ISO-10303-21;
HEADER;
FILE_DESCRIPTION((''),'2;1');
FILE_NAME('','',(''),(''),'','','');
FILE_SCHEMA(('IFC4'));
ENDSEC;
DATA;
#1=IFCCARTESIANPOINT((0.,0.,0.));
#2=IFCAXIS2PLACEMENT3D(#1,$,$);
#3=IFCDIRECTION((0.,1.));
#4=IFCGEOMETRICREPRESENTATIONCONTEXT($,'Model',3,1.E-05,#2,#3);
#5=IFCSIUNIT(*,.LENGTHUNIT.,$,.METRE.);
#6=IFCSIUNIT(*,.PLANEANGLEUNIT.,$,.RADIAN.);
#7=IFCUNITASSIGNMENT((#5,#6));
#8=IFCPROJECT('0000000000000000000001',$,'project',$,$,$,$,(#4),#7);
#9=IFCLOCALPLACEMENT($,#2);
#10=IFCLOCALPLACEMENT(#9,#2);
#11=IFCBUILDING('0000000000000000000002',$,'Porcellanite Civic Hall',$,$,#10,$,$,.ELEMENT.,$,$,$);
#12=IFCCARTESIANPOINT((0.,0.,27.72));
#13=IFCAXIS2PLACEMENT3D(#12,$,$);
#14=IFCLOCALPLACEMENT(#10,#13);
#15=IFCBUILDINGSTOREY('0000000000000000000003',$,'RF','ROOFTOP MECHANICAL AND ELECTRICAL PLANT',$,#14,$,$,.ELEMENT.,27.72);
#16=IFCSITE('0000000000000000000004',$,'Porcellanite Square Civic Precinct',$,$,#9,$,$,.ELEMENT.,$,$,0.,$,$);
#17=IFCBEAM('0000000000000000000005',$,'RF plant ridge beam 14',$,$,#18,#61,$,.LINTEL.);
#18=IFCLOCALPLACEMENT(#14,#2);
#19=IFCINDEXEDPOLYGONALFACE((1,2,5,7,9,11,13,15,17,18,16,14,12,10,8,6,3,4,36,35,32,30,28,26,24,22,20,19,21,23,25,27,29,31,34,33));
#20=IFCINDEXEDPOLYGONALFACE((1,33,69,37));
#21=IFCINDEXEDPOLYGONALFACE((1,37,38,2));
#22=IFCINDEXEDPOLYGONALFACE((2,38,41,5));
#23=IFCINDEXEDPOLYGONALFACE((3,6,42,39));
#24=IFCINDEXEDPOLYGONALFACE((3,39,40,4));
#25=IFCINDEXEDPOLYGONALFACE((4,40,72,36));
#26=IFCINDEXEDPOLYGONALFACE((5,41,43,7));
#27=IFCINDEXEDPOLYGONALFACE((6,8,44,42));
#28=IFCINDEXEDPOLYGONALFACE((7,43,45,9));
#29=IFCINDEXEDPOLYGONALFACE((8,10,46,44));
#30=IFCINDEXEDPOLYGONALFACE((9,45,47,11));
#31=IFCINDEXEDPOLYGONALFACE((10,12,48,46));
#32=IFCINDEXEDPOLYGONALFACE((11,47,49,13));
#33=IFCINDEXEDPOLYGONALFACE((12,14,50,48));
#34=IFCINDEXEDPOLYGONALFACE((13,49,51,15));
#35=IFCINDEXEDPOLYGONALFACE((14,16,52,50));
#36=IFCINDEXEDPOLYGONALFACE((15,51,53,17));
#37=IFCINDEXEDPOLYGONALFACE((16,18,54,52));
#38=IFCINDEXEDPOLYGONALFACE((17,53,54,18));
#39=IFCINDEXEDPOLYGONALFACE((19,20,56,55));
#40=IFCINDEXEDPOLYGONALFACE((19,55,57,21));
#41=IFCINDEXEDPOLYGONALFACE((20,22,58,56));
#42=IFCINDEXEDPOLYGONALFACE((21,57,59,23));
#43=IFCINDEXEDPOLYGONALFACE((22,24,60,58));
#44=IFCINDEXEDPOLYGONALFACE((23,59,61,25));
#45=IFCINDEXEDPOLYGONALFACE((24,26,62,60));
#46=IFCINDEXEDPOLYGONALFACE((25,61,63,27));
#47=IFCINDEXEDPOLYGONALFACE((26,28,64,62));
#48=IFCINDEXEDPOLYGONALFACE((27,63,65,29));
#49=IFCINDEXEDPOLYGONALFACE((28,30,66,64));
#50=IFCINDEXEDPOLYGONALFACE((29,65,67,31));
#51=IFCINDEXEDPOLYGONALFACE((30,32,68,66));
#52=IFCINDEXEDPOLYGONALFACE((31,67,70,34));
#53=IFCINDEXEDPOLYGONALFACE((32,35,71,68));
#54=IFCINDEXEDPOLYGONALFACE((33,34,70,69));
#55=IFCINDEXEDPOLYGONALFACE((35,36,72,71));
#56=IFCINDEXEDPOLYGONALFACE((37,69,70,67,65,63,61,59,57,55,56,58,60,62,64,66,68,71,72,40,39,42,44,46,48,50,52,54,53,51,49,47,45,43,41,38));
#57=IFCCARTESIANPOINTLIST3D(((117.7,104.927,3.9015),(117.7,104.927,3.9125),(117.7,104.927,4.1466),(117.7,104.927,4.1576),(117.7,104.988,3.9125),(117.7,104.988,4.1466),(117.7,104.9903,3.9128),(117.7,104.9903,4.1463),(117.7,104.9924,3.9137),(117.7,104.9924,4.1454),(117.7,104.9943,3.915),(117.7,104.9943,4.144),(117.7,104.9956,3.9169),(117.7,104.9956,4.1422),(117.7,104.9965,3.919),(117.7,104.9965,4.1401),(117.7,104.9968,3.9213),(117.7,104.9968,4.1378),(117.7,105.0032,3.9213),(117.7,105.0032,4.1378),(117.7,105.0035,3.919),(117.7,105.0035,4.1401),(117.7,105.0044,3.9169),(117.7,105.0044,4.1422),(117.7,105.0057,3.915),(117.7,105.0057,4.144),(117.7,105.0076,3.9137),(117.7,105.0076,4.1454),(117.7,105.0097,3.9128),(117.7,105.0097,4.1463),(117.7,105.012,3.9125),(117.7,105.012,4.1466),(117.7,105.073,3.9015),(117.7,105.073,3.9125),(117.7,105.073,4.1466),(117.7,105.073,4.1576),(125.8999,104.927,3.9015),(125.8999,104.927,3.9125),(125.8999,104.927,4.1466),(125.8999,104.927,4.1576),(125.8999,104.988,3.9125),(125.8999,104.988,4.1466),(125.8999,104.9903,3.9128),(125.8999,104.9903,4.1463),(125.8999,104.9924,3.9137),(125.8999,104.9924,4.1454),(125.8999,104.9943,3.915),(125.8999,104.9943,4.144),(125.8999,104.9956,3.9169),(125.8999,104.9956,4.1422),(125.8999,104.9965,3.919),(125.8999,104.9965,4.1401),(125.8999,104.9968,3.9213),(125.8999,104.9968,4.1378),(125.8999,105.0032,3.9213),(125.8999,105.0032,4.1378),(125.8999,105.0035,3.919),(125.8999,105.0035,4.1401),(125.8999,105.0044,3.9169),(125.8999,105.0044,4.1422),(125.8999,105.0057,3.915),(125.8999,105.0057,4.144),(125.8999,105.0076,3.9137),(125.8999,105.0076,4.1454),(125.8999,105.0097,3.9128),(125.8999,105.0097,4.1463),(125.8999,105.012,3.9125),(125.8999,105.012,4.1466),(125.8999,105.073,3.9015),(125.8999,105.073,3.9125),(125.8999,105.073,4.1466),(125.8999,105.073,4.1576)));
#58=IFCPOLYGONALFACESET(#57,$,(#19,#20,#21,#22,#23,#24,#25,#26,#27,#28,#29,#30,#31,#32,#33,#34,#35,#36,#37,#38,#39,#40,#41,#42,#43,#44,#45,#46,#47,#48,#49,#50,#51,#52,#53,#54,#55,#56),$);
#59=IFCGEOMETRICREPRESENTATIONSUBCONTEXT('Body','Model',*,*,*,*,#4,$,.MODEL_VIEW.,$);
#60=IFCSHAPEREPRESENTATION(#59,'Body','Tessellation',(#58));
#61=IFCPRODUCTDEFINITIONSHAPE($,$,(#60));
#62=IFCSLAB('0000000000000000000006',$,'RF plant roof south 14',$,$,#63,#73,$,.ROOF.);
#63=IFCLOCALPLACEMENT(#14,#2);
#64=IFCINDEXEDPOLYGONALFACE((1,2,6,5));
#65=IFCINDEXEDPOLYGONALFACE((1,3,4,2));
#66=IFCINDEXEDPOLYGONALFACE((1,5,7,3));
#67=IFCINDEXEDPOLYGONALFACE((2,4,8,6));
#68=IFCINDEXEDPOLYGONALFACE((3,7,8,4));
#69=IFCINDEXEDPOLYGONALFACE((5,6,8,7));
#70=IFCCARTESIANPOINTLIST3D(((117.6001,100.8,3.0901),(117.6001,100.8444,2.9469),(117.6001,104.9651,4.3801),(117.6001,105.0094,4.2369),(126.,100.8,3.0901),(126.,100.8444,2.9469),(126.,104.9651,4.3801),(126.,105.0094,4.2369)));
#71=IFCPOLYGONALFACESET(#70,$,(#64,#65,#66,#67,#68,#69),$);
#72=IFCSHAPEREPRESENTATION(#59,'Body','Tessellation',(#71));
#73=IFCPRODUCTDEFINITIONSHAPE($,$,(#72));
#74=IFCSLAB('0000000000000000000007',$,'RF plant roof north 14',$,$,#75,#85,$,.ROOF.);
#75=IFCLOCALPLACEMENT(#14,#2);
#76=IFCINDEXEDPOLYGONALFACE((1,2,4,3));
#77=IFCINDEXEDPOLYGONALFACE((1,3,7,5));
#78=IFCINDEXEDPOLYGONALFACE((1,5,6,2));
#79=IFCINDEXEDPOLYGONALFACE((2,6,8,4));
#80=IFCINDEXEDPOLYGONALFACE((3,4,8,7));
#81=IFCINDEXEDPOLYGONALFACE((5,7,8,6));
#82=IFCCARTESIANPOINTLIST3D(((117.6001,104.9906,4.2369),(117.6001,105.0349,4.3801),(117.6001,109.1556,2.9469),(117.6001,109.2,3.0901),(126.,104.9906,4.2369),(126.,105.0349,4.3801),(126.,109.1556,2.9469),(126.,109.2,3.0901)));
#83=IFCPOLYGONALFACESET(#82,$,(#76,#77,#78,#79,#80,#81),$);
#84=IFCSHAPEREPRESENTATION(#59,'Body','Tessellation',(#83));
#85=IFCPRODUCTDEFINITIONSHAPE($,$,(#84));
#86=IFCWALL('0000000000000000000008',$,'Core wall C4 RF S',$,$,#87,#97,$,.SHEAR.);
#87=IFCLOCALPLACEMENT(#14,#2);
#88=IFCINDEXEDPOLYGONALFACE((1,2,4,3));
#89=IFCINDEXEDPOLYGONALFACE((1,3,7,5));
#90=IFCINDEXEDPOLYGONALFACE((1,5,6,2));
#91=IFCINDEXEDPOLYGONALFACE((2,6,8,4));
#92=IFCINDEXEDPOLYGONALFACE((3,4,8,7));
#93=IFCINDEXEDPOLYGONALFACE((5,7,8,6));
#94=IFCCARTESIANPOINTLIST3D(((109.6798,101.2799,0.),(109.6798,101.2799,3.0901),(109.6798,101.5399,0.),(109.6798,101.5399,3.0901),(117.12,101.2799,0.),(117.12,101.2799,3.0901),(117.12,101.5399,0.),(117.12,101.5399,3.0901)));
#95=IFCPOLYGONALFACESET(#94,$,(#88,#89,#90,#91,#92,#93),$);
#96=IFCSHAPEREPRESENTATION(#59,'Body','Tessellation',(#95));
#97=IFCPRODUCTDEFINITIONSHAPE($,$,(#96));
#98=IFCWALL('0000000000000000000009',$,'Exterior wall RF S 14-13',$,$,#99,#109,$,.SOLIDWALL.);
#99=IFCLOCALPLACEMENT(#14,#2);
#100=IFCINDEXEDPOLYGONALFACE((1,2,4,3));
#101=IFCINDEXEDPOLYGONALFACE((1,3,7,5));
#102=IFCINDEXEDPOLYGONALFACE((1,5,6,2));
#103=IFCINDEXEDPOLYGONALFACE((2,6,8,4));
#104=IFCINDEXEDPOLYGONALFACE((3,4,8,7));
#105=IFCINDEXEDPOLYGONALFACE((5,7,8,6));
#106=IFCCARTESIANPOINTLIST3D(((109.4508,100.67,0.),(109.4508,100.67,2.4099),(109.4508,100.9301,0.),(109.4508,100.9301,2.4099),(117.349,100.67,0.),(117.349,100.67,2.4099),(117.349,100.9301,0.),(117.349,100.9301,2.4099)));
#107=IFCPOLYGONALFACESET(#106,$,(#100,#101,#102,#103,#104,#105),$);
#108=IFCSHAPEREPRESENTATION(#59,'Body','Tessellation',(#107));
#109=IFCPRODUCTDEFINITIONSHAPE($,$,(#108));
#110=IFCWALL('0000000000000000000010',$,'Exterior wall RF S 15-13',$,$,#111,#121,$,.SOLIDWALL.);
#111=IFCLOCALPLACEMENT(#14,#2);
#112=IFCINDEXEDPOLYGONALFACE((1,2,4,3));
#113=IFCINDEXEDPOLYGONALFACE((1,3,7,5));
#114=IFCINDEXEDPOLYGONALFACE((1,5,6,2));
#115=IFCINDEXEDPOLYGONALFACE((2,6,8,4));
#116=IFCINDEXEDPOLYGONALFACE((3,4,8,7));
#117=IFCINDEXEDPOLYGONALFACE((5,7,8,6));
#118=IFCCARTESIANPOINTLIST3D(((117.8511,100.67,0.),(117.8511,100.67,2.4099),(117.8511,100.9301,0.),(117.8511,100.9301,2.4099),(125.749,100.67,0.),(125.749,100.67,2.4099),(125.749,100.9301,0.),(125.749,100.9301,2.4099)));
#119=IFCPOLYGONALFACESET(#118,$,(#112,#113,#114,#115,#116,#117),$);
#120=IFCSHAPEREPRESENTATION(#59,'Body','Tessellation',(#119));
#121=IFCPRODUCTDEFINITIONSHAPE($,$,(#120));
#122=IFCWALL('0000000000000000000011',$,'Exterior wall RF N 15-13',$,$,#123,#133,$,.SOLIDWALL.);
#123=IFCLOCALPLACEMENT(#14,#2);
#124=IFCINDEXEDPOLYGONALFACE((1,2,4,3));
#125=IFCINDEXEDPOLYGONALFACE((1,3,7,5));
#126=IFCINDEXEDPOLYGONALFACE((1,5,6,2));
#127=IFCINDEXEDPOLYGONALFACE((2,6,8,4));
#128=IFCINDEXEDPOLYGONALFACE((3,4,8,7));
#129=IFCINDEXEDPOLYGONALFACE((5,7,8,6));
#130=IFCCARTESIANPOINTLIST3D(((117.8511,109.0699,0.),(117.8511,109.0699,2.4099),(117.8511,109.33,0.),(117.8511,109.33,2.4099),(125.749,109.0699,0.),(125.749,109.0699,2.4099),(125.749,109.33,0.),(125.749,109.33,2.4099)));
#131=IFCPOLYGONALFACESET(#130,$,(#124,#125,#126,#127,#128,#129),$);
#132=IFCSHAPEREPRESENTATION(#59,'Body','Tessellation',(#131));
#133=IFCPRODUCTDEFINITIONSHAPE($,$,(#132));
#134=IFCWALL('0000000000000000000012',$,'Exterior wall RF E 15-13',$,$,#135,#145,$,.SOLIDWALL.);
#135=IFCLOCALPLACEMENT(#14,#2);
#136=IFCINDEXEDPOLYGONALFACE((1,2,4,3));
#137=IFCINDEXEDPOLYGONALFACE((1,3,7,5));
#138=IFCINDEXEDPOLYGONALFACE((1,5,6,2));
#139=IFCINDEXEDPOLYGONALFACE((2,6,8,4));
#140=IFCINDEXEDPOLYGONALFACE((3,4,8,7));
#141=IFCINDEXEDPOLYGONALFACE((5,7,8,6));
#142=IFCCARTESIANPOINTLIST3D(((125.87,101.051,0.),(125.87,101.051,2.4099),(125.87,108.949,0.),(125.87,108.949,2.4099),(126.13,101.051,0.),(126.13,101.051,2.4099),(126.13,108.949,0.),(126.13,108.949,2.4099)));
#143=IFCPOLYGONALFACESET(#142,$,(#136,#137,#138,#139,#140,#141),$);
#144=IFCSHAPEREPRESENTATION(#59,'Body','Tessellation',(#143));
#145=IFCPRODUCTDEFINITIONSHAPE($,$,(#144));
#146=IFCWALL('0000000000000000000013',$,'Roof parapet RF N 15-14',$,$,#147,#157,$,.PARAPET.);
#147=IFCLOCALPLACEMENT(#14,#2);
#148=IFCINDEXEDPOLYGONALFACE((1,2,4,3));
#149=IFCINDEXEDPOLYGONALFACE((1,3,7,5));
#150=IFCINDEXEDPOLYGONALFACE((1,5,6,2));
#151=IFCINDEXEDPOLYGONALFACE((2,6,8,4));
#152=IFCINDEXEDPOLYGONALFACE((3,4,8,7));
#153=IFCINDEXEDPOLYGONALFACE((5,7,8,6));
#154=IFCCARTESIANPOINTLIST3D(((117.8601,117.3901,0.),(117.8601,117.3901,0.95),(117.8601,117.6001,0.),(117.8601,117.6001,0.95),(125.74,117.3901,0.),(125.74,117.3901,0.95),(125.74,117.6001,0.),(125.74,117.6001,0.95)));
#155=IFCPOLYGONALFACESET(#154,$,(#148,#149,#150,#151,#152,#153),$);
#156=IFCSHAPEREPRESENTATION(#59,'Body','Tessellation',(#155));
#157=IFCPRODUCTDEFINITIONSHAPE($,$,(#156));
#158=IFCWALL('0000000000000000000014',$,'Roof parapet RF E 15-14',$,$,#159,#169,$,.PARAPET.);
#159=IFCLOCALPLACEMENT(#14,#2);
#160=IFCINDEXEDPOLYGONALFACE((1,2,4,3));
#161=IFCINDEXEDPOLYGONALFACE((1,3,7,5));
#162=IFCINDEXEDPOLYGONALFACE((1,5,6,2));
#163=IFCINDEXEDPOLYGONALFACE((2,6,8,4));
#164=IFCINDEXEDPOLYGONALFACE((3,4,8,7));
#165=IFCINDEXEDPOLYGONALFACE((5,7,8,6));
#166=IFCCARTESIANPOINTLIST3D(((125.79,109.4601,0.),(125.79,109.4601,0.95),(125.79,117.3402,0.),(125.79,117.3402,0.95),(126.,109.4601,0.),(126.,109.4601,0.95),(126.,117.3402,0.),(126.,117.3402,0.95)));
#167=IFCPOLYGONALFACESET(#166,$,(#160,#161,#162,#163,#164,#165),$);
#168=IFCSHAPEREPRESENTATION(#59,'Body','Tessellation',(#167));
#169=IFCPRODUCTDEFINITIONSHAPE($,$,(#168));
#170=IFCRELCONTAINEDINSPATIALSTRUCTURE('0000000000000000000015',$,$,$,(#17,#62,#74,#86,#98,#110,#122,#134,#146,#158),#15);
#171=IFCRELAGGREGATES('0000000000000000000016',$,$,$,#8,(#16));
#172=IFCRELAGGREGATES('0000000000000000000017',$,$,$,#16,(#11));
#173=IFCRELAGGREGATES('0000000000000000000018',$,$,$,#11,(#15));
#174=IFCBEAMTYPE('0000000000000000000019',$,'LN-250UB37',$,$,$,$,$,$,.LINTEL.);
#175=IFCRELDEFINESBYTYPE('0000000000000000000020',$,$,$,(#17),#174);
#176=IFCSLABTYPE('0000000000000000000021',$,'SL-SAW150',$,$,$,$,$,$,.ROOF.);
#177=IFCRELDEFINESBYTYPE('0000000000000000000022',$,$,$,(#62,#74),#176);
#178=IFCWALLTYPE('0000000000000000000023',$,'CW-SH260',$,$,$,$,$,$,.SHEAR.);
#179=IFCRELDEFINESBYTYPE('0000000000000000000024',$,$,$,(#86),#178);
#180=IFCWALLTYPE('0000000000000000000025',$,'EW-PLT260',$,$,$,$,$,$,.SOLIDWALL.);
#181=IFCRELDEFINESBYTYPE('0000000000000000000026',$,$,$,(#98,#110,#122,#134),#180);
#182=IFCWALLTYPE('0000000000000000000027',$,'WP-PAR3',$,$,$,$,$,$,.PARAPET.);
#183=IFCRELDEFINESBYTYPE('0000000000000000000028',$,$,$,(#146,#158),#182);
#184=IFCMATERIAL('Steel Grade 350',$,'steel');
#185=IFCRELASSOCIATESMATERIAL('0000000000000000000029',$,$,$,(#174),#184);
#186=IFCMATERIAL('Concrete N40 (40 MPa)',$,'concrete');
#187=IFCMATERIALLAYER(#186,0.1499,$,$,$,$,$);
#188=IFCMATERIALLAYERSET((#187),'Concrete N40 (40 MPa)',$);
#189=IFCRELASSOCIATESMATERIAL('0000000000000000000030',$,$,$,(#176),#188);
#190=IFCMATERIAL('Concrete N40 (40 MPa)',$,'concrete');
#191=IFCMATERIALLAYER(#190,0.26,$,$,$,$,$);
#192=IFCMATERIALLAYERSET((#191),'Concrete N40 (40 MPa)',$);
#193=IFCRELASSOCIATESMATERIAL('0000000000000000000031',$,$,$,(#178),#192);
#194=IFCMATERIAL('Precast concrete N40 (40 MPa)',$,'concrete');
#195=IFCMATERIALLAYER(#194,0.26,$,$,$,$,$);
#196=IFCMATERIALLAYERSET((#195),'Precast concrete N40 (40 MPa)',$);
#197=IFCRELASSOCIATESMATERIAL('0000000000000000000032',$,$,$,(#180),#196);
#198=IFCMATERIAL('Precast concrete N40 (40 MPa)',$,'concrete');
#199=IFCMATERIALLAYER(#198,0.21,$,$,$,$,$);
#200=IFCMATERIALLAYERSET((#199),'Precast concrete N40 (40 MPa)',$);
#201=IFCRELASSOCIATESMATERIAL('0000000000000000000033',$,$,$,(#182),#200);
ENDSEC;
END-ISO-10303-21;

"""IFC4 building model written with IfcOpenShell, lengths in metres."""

from ifc_helpers import new_model, si_unit, direction, frame, frame_2d, origin, origin_2d, place, context, subcontext, project, spatial, polyline, rectangle, i_section, outline, extrude, material, layer, layer_set, material_profile, profile_set, type_object, element, save


model = new_model("IFC4")

# Units and contexts
model_context = context("Model", 3, precision=1e-05, world=origin(), true_north=direction((0.0, 1.0)))
body_context = subcontext(model_context, "Body", "Model", "MODEL_VIEW")
ifc_project = project(units=[si_unit("LENGTHUNIT", "METRE"), si_unit("PLANEANGLEUNIT", "RADIAN")], contexts=[model_context])

# Site, building, storey
site_placement = place(None, origin())
site = spatial("IfcSite", under=ifc_project, at=site_placement, Name="Porcellanite Square Civic Precinct", CompositionType="ELEMENT", RefElevation=0.0)
building_placement = place(site_placement, origin())
building = spatial("IfcBuilding", under=site, at=building_placement, Name="Porcellanite Civic Hall", CompositionType="ELEMENT")
storey_placement = place(building_placement, frame((0.0, 0.0, 27.72)))
storey = spatial("IfcBuildingStorey", under=building, at=storey_placement, Name="RF", Description="ROOFTOP MECHANICAL AND ELECTRICAL PLANT", CompositionType="ELEMENT", Elevation=27.72)

# Beam
ifc_material_1 = material(Name="Steel Grade 350", Category="steel")
ifc_material_profile_1 = material_profile(ifc_material_1, i_section(OverallWidth=0.146, OverallDepth=0.2561, WebThickness=0.0063, FlangeThickness=0.011, FilletRadius=0.0088, at=origin_2d()), Name="250UB37.3")
ifc_profile_set_1 = profile_set([ifc_material_profile_1], Name="Steel Grade 350")
beam_type_1 = type_object("IfcBeamType", Name="LN-250UB37", PredefinedType="LINTEL", material=ifc_profile_set_1)
beam_placement = place(storey_placement, frame((117.7, 105.0, 4.0295), z_axis=(1.0, 0.0, 0.0), x_axis=(0.0, 1.0, 0.0)))
element("IfcBeam", 1, at=beam_placement, inside=storey, type_object=beam_type_1, Name="RF plant ridge beam 14", PredefinedType="LINTEL", context=body_context, shape_type="SweptSolid", body=[
    extrude(i_section(OverallWidth=0.146, OverallDepth=0.2561, WebThickness=0.0063, FlangeThickness=0.011, FilletRadius=0.0088, at=origin_2d()), origin(), (0.0, 0.0, 1.0), 8.2),
])

# Slabs
ifc_material_2 = material(Name="Concrete N40 (40 MPa)", Category="concrete")
ifc_layer_1 = layer(ifc_material_2, 0.1499)
ifc_layer_set_1 = layer_set([ifc_layer_1], Name="Concrete N40 (40 MPa)")
slab_type = type_object("IfcSlabType", Name="SL-SAW150", PredefinedType="ROOF", material=ifc_layer_set_1)
for number, where, z_axis, x_axis, name in (
    (2, (117.6001, 100.8, 3.0901), (0.0, -0.295864, 0.95523), (1.0, 0.0, 0.0), "RF plant roof south 14"),
    (3, (117.6001, 105.0349, 4.3801), (0.0, 0.295864, 0.95523), (1.0, 0.0, 0.0), "RF plant roof north 14"),
):
    element("IfcSlab", number, at=place(storey_placement, frame(where, z_axis=z_axis, x_axis=x_axis)), inside=storey, type_object=slab_type, Name=name, PredefinedType="ROOF", context=body_context, shape_type="SweptSolid", body=[
        extrude(outline(polyline([(0.0, 0.0), (8.3999, 0.0), (8.3999, 4.3602), (0.0, 4.3602), (0.0, 0.0)])), origin(), (0.0, 0.0, -1.0), 0.1499),
    ])

# Wall
ifc_material_3 = material(Name="Concrete N40 (40 MPa)", Category="concrete")
ifc_layer_2 = layer(ifc_material_3, 0.26)
ifc_layer_set_2 = layer_set([ifc_layer_2], Name="Concrete N40 (40 MPa)")
wall_type_1 = type_object("IfcWallType", Name="CW-SH260", PredefinedType="SHEAR", material=ifc_layer_set_2)
wall_1_placement = place(storey_placement, frame((117.1201, 101.4099, 0.0), z_axis=(0.0, 0.0, 1.0), x_axis=(-1.0, 0.0, 0.0)))
element("IfcWall", 4, at=wall_1_placement, inside=storey, type_object=wall_type_1, Name="Core wall C4 RF S", PredefinedType="SHEAR", context=body_context, shape_type="SweptSolid", body=[
    extrude(rectangle(XDim=7.4402, YDim=0.26, at=frame_2d((3.7202, 0.0))), origin(), (0.0, 0.0, 1.0), 3.0901),
])

# Walls
ifc_material_4 = material(Name="Precast concrete N40 (40 MPa)", Category="concrete")
ifc_layer_3 = layer(ifc_material_4, 0.26)
ifc_layer_set_3 = layer_set([ifc_layer_3], Name="Precast concrete N40 (40 MPa)")
wall_type_2 = type_object("IfcWallType", Name="EW-PLT260", PredefinedType="SOLIDWALL", material=ifc_layer_set_3)
wall_2_placement = place(storey_placement, frame((117.3491, 100.8, 0.0), z_axis=(0.0, 0.0, 1.0), x_axis=(-1.0, 0.0, 0.0)))
element("IfcWall", 5, at=wall_2_placement, inside=storey, type_object=wall_type_2, Name="Exterior wall RF S 14-13", PredefinedType="SOLIDWALL", context=body_context, shape_type="SweptSolid", body=[
    extrude(rectangle(XDim=7.8982, YDim=0.26, at=frame_2d((3.9492, 0.0))), origin(), (0.0, 0.0, 1.0), 2.4099),
])
for number, where, z_axis, x_axis, name in (
    (6, (125.749, 100.8, 0.0), (0.0, 0.0, 1.0), (-1.0, 0.0, 0.0), "Exterior wall RF S 15-13"),
    (7, (117.8511, 109.2, 0.0), (0.0, 0.0, 1.0), (1.0, 0.0, 0.0), "Exterior wall RF N 15-13"),
    (8, (126.0, 108.949, 0.0), (0.0, 0.0, 1.0), (0.0, -1.0, 0.0), "Exterior wall RF E 15-13"),
):
    element("IfcWall", number, at=place(storey_placement, frame(where, z_axis=z_axis, x_axis=x_axis)), inside=storey, type_object=wall_type_2, Name=name, PredefinedType="SOLIDWALL", context=body_context, shape_type="SweptSolid", body=[
        extrude(rectangle(XDim=7.8979, YDim=0.26, at=frame_2d((3.949, 0.0))), origin(), (0.0, 0.0, 1.0), 2.4099),
    ])
ifc_material_5 = material(Name="Precast concrete N40 (40 MPa)", Category="concrete")
ifc_layer_4 = layer(ifc_material_5, 0.21)
ifc_layer_set_4 = layer_set([ifc_layer_4], Name="Precast concrete N40 (40 MPa)")
wall_type_3 = type_object("IfcWallType", Name="WP-PAR3", PredefinedType="PARAPET", material=ifc_layer_set_4)
wall_3_placement = place(storey_placement, frame((117.8601, 117.4951, 0.0), z_axis=(0.0, 0.0, 1.0), x_axis=(1.0, 0.0, 0.0)))
element("IfcWall", 9, at=wall_3_placement, inside=storey, type_object=wall_type_3, Name="Roof parapet RF N 15-14", PredefinedType="PARAPET", context=body_context, shape_type="SweptSolid", body=[
    extrude(rectangle(XDim=7.8799, YDim=0.21, at=frame_2d((3.9399, 0.0))), origin(), (0.0, 0.0, 1.0), 0.95),
])
wall_4_placement = place(storey_placement, frame((125.895, 117.3401, 0.0), z_axis=(0.0, 0.0, 1.0), x_axis=(0.0, -1.0, 0.0)))
element("IfcWall", 10, at=wall_4_placement, inside=storey, type_object=wall_type_3, Name="Roof parapet RF E 15-14", PredefinedType="PARAPET", context=body_context, shape_type="SweptSolid", body=[
    extrude(rectangle(XDim=7.8801, YDim=0.21, at=frame_2d((3.9399, 0.0))), origin(), (0.0, 0.0, 1.0), 0.95),
])

save(model, "model.ifc")
